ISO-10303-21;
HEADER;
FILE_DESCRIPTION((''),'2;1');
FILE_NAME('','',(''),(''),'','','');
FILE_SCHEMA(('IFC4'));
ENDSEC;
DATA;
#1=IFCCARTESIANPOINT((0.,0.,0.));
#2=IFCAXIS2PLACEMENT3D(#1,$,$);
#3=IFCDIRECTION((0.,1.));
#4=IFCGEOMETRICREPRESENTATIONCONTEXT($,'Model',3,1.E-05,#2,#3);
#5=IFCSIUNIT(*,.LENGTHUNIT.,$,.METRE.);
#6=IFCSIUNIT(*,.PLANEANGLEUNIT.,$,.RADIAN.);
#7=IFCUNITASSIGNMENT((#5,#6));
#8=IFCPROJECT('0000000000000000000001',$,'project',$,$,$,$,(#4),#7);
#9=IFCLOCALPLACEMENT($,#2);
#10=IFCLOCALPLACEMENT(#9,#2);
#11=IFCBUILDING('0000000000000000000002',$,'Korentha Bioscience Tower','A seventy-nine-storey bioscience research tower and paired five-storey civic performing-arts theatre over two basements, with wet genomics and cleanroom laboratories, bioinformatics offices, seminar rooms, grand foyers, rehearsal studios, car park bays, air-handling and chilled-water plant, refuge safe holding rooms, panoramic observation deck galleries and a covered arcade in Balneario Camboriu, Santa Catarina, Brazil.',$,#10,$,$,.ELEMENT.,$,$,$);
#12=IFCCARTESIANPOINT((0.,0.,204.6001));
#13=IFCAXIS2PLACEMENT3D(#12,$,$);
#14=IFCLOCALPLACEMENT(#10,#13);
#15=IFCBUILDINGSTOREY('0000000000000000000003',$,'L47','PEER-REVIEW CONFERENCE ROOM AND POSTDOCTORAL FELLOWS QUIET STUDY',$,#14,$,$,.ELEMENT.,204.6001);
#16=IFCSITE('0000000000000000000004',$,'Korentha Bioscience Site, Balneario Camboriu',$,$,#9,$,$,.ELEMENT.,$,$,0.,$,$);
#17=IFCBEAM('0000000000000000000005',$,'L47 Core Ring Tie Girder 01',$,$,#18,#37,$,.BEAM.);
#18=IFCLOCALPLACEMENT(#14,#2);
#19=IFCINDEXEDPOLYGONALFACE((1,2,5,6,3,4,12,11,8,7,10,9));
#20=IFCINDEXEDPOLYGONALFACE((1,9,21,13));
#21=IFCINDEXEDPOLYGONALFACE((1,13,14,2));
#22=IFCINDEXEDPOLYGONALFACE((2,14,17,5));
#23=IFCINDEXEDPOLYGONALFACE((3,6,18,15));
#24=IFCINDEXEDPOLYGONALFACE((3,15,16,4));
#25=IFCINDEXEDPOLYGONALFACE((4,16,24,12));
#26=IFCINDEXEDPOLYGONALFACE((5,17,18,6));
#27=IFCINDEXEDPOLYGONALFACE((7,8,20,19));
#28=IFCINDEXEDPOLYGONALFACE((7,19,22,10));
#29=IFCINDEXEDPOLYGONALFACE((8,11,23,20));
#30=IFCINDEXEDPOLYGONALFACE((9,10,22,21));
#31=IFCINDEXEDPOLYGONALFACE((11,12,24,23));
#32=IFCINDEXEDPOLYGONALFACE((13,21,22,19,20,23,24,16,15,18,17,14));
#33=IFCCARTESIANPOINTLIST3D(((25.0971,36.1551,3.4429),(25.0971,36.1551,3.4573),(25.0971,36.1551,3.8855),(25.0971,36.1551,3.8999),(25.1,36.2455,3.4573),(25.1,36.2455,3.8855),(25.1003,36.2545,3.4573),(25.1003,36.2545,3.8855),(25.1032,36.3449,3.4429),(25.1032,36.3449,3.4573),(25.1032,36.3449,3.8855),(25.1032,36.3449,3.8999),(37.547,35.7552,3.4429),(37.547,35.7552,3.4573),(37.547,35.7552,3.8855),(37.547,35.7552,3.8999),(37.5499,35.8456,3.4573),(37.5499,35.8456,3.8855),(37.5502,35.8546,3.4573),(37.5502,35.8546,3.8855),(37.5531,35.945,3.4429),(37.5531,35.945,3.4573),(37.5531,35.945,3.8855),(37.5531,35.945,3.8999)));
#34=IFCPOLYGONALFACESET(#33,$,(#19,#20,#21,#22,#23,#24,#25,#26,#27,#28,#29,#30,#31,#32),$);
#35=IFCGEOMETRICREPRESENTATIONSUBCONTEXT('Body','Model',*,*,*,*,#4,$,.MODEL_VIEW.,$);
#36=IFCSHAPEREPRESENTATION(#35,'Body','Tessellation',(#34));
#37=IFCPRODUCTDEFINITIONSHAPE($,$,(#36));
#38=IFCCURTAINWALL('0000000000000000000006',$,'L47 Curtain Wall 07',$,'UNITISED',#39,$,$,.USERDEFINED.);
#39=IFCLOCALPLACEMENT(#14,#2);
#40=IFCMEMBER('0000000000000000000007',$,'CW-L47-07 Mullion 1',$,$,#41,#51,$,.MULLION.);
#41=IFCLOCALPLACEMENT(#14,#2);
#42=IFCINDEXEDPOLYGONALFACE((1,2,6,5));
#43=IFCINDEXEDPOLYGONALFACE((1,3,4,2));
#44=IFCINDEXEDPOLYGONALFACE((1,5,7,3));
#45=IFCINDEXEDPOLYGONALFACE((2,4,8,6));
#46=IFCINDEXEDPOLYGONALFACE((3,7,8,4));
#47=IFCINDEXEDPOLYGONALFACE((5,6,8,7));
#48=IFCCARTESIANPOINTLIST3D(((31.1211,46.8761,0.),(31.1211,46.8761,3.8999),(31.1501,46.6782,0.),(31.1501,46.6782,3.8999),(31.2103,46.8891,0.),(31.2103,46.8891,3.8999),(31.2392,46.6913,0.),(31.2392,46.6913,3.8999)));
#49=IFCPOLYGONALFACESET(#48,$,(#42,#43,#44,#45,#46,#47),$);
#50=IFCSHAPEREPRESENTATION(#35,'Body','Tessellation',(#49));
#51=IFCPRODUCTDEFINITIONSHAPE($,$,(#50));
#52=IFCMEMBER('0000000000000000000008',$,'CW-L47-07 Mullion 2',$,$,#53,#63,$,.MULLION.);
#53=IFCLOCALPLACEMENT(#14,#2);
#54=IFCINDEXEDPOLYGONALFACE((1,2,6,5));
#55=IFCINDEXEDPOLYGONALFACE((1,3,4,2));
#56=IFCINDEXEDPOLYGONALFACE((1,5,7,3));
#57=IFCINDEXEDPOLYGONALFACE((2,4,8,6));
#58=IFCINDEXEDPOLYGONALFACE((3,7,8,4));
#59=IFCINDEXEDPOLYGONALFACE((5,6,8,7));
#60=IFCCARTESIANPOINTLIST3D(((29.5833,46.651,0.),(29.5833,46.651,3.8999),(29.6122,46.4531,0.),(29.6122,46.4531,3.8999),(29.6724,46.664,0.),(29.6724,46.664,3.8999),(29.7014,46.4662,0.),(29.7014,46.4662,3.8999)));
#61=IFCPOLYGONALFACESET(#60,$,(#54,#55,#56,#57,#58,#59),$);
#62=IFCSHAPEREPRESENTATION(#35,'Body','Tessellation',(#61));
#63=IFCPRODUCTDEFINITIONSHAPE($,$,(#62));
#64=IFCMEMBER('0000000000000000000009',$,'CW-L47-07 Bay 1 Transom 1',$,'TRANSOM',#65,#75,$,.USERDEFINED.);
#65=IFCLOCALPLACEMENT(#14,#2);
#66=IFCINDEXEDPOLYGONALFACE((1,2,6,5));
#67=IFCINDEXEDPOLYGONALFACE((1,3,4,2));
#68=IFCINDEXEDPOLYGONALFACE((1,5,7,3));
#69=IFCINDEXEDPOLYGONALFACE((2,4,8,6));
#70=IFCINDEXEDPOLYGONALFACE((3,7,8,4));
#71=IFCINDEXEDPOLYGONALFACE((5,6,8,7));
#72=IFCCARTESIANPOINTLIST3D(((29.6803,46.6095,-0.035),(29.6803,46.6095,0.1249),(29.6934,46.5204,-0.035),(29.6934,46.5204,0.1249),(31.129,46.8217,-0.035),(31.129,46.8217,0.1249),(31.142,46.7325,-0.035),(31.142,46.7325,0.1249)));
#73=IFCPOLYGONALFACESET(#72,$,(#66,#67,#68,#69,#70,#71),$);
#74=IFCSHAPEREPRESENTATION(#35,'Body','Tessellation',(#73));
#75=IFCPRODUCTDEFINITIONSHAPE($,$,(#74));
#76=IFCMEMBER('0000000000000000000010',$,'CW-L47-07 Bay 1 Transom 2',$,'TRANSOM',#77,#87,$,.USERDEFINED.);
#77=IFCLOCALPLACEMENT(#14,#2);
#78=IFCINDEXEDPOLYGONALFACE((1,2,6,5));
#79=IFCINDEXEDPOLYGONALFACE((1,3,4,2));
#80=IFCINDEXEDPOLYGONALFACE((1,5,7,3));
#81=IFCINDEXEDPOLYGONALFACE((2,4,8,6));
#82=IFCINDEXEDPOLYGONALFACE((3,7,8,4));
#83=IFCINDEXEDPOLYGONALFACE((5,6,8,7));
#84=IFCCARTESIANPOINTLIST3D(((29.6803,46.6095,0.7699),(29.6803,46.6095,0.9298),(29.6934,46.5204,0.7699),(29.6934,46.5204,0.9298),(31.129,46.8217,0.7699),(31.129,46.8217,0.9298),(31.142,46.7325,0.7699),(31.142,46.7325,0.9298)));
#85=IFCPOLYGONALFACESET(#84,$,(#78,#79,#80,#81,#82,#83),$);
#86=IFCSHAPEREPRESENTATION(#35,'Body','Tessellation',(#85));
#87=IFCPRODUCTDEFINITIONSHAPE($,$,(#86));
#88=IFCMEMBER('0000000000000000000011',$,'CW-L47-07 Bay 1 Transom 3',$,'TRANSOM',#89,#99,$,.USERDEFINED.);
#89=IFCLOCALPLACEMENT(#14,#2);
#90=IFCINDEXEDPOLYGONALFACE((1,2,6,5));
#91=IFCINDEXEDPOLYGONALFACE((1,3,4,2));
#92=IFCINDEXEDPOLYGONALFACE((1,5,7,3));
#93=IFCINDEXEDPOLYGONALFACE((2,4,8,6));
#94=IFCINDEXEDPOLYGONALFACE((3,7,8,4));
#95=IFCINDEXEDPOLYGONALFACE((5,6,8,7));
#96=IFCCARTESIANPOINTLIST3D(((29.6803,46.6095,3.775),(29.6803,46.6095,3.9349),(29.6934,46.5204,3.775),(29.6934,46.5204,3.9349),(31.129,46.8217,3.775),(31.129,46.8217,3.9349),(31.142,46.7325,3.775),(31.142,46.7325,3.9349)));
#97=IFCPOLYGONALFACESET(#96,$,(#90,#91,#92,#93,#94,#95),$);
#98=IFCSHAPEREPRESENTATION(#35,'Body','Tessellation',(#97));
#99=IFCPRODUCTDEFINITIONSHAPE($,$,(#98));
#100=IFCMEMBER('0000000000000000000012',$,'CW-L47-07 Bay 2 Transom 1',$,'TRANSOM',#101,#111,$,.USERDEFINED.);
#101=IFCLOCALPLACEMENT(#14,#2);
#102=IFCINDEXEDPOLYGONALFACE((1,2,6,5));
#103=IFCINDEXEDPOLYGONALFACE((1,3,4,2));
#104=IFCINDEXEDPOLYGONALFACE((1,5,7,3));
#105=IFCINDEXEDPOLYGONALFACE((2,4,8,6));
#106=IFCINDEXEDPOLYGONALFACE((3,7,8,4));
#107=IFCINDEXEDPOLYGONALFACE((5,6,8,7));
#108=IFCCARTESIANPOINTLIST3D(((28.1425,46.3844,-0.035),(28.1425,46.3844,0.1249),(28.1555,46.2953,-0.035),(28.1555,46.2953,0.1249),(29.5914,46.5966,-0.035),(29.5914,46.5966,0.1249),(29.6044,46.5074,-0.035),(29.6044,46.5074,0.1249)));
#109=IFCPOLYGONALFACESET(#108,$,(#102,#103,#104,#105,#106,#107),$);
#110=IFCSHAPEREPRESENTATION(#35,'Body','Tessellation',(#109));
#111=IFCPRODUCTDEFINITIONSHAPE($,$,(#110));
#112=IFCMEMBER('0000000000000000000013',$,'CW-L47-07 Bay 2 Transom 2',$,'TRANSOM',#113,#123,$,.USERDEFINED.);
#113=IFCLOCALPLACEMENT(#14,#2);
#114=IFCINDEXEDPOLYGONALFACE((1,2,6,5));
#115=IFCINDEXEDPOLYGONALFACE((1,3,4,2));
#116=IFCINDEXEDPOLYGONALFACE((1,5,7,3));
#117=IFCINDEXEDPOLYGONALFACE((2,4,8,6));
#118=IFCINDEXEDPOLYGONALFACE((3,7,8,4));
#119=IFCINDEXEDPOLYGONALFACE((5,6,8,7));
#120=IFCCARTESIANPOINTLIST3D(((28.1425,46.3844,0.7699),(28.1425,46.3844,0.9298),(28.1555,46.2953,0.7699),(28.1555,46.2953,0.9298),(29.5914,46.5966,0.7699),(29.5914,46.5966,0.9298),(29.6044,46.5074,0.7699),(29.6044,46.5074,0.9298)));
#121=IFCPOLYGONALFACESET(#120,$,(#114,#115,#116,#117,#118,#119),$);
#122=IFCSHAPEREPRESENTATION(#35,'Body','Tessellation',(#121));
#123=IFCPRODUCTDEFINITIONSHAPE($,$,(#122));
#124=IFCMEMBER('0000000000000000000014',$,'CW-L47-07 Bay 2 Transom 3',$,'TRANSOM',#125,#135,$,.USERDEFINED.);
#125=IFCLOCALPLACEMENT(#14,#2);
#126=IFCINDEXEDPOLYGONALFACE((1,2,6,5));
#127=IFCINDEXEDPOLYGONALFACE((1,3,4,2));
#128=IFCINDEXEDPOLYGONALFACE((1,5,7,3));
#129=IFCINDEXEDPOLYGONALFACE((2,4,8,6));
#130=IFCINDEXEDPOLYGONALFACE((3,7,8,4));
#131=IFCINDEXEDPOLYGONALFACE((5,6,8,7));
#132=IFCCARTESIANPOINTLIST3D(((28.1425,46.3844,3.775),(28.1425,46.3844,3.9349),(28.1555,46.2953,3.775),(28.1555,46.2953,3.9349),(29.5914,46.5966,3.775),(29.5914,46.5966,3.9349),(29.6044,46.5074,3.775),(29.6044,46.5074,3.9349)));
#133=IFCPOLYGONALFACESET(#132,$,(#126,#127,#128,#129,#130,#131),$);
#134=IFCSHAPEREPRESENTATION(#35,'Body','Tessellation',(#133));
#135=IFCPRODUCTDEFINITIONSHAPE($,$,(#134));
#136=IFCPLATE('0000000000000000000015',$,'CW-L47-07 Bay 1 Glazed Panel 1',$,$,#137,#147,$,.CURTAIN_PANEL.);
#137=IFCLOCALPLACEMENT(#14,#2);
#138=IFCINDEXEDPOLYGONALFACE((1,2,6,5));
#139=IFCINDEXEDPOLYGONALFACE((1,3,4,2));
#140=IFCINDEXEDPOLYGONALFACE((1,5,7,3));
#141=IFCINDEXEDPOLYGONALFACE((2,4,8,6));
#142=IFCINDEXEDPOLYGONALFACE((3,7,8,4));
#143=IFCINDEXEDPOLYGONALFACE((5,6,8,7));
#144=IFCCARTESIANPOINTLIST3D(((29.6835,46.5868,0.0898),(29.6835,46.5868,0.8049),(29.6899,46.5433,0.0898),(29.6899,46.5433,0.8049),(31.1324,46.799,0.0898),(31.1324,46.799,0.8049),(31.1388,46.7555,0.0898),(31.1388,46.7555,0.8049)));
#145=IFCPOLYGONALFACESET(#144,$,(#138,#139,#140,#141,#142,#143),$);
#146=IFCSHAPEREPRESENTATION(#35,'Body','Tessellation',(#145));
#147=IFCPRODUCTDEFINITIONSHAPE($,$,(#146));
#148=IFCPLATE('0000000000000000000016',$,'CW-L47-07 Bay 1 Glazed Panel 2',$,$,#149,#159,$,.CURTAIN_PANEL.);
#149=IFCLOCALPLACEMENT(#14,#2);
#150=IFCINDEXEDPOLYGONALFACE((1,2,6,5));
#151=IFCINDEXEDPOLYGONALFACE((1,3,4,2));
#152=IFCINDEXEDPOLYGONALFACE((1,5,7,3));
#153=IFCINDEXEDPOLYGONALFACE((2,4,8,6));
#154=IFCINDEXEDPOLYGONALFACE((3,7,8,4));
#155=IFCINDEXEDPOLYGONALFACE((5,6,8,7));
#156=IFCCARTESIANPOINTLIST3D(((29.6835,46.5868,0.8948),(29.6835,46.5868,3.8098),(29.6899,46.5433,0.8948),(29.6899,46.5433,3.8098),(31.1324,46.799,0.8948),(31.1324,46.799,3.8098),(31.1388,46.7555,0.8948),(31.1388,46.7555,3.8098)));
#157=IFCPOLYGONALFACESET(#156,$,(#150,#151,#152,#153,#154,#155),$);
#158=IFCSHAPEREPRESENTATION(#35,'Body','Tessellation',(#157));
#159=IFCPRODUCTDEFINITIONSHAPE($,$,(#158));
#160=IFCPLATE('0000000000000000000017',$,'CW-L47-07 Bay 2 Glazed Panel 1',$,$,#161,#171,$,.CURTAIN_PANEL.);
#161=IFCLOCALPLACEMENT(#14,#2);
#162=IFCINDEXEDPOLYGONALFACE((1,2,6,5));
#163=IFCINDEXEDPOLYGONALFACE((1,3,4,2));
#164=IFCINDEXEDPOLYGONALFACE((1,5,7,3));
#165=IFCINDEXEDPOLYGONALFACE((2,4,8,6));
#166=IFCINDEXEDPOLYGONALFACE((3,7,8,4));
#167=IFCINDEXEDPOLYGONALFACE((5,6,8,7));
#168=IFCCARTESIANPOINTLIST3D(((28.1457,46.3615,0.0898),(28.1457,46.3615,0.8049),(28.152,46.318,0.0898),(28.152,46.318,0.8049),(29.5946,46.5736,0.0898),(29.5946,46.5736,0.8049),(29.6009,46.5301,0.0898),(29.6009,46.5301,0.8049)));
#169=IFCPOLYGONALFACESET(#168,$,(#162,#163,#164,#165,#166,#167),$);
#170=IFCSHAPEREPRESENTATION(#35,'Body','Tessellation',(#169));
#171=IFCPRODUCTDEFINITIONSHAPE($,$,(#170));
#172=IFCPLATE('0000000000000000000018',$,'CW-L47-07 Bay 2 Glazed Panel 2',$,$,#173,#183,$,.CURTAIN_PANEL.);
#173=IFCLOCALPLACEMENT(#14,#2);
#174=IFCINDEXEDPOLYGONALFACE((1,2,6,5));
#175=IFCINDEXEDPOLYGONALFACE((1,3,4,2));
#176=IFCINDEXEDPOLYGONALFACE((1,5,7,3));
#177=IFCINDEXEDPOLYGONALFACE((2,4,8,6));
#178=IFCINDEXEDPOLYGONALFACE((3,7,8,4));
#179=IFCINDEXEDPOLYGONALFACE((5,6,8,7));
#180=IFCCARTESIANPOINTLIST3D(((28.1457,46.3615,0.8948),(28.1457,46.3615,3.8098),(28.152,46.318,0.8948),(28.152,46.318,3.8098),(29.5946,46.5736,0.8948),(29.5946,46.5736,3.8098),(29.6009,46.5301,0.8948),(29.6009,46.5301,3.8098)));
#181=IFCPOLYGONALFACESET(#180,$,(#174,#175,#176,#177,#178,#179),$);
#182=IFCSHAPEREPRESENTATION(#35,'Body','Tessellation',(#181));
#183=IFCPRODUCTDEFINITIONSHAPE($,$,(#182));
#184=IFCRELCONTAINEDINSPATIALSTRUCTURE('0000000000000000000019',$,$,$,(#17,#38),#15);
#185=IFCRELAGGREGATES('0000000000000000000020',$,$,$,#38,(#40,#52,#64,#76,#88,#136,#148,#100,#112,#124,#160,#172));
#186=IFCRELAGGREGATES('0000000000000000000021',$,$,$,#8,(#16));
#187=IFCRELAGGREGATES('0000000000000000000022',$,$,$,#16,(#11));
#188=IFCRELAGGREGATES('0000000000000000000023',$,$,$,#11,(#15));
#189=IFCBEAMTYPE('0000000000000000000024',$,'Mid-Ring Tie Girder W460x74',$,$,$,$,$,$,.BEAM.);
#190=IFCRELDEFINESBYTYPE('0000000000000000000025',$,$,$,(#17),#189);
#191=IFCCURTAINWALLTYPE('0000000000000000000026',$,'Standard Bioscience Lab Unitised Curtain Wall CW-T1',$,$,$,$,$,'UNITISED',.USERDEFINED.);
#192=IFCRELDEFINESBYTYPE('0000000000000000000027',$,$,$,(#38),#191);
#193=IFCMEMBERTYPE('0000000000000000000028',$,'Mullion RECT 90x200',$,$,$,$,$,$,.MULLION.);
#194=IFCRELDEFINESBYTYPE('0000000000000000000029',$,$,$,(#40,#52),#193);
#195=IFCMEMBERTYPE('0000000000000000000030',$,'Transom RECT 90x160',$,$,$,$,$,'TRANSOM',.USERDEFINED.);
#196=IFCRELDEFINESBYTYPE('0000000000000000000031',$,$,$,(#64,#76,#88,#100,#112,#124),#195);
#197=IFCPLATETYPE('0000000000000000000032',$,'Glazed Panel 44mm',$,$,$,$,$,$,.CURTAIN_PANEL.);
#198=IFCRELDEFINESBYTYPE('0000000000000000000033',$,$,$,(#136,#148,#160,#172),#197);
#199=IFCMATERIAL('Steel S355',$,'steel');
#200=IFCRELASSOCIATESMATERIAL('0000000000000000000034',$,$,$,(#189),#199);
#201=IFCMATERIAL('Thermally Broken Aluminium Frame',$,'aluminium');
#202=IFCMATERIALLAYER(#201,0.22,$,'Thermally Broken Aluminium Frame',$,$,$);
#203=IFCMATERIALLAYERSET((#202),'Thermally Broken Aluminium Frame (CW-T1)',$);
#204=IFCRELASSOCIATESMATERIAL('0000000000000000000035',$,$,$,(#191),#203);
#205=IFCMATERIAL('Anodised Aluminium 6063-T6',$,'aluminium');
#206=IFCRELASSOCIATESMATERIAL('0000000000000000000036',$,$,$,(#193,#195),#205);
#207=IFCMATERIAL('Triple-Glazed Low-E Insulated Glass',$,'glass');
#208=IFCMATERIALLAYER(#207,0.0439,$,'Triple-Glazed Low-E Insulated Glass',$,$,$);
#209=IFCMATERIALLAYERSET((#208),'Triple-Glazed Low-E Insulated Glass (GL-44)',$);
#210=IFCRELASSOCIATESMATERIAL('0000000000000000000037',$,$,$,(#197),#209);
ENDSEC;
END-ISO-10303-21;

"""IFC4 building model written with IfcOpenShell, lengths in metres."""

from ifc_helpers import new_model, si_unit, direction, frame, origin, origin_2d, place, context, subcontext, project, spatial, rectangle, i_section, extrude, material, layer, layer_set, material_profile, profile_set, type_object, element, aggregate, save


model = new_model("IFC4")

# Units and contexts
model_context = context("Model", 3, precision=1e-05, world=origin(), true_north=direction((0.0, 1.0)))
body_context = subcontext(model_context, "Body", "Model", "MODEL_VIEW")
ifc_project = project(units=[si_unit("LENGTHUNIT", "METRE"), si_unit("PLANEANGLEUNIT", "RADIAN")], contexts=[model_context])

# Site, building, storey
site_placement = place(None, origin())
site = spatial("IfcSite", under=ifc_project, at=site_placement, Name="Korentha Bioscience Site, Balneario Camboriu", CompositionType="ELEMENT", RefElevation=0.0)
building_placement = place(site_placement, origin())
building = spatial("IfcBuilding", under=site, at=building_placement, Name="Korentha Bioscience Tower", Description="A seventy-nine-storey bioscience research tower and paired five-storey civic performing-arts theatre over two basements, with wet genomics and cleanroom laboratories, bioinformatics offices, seminar rooms, grand foyers, rehearsal studios, car park bays, air-handling and chilled-water plant, refuge safe holding rooms, panoramic observation deck galleries and a covered arcade in Balneario Camboriu, Santa Catarina, Brazil.", CompositionType="ELEMENT")
storey_placement = place(building_placement, frame((0.0, 0.0, 204.6001)))
storey = spatial("IfcBuildingStorey", under=building, at=storey_placement, Name="L47", Description="PEER-REVIEW CONFERENCE ROOM AND POSTDOCTORAL FELLOWS QUIET STUDY", CompositionType="ELEMENT", Elevation=204.6001)

# Beam
ifc_material_1 = material(Name="Steel S355", Category="steel")
ifc_material_profile_1 = material_profile(ifc_material_1, i_section(OverallWidth=0.1899, OverallDepth=0.457, WebThickness=0.009, FlangeThickness=0.0144, at=origin_2d()), Name="Steel S355")
ifc_profile_set_1 = profile_set([ifc_material_profile_1], Name="Steel S355 (MB-460)")
beam_type = type_object("IfcBeamType", Name="Mid-Ring Tie Girder W460x74", PredefinedType="BEAM", material=ifc_profile_set_1)
beam_placement = place(storey_placement, frame((37.55, 35.8501, 3.6714), z_axis=(-0.999485, 0.032104, 0.0), x_axis=(-0.032104, -0.999485, 0.0)))
element("IfcBeam", 1, at=beam_placement, inside=storey, type_object=beam_type, Name="L47 Core Ring Tie Girder 01", PredefinedType="BEAM", context=body_context, shape_type="SweptSolid", body=[
    extrude(i_section(OverallWidth=0.1899, OverallDepth=0.457, WebThickness=0.009, FlangeThickness=0.0144, at=origin_2d()), origin(), (0.0, 0.0, 1.0), 12.4563),
])

# Curtain wall, members, plates
ifc_material_2 = material(Name="Thermally Broken Aluminium Frame", Category="aluminium")
ifc_layer_1 = layer(ifc_material_2, 0.22, Name="Thermally Broken Aluminium Frame")
ifc_layer_set_1 = layer_set([ifc_layer_1], Name="Thermally Broken Aluminium Frame (CW-T1)")
curtain_wall_type = type_object("IfcCurtainWallType", Name="Standard Bioscience Lab Unitised Curtain Wall CW-T1", ElementType="UNITISED", PredefinedType="USERDEFINED", material=ifc_layer_set_1)
curtain_wall_placement = place(storey_placement, origin())
curtain_wall = element("IfcCurtainWall", 2, at=curtain_wall_placement, inside=storey, type_object=curtain_wall_type, Name="L47 Curtain Wall 07", ObjectType="UNITISED", PredefinedType="USERDEFINED")
ifc_material_3 = material(Name="Anodised Aluminium 6063-T6", Category="aluminium")
ifc_material_profile_2 = material_profile(ifc_material_3, rectangle(XDim=0.0901, YDim=0.2, at=origin_2d()), Name="Anodised Aluminium 6063-T6")
ifc_profile_set_2 = profile_set([ifc_material_profile_2], Name="Anodised Aluminium 6063-T6 (CW-MUL)")
member_type_1 = type_object("IfcMemberType", Name="Mullion RECT 90x200", PredefinedType="MULLION", material=ifc_profile_set_2)
member_1_placement = place(storey_placement, frame((31.1802, 46.7837, 0.0), z_axis=(0.0, 0.0, 1.0), x_axis=(-0.989449, -0.144878, 0.0)))
member_1 = element("IfcMember", 3, at=member_1_placement, type_object=member_type_1, Name="CW-L47-07 Mullion 1", PredefinedType="MULLION", context=body_context, shape_type="SweptSolid", body=[
    extrude(rectangle(XDim=0.0901, YDim=0.2, at=origin_2d()), origin(), (0.0, 0.0, 1.0), 3.8999),
])
member_2_placement = place(storey_placement, frame((29.6423, 46.5586, 0.0), z_axis=(0.0, 0.0, 1.0), x_axis=(-0.989449, -0.144878, 0.0)))
member_2 = element("IfcMember", 4, at=member_2_placement, type_object=member_type_1, Name="CW-L47-07 Mullion 2", PredefinedType="MULLION", context=body_context, shape_type="SweptSolid", body=[
    extrude(rectangle(XDim=0.0901, YDim=0.2, at=origin_2d()), origin(), (0.0, 0.0, 1.0), 3.8999),
])
ifc_material_profile_3 = material_profile(ifc_material_3, rectangle(XDim=0.0901, YDim=0.1599, at=origin_2d()), Name="Anodised Aluminium 6063-T6")
ifc_profile_set_3 = profile_set([ifc_material_profile_3], Name="Anodised Aluminium 6063-T6 (CW-TRN)")
member_type_2 = type_object("IfcMemberType", Name="Transom RECT 90x160", ElementType="TRANSOM", PredefinedType="USERDEFINED", material=ifc_profile_set_3)
member_3_placement = place(storey_placement, frame((31.1355, 46.7771, 0.0449), z_axis=(-0.989446, -0.144899, 0.0), x_axis=(0.144899, -0.989446, 0.0)))
member_3 = element("IfcMember", 5, at=member_3_placement, type_object=member_type_2, Name="CW-L47-07 Bay 1 Transom 1", ObjectType="TRANSOM", PredefinedType="USERDEFINED", context=body_context, shape_type="SweptSolid", body=[
    extrude(rectangle(XDim=0.0901, YDim=0.1599, at=origin_2d()), origin(), (0.0, 0.0, 1.0), 1.4641),
])
member_4_placement = place(storey_placement, frame((31.1355, 46.7771, 0.8499), z_axis=(-0.989446, -0.144899, 0.0), x_axis=(0.144899, -0.989446, 0.0)))
member_4 = element("IfcMember", 6, at=member_4_placement, type_object=member_type_2, Name="CW-L47-07 Bay 1 Transom 2", ObjectType="TRANSOM", PredefinedType="USERDEFINED", context=body_context, shape_type="SweptSolid", body=[
    extrude(rectangle(XDim=0.0901, YDim=0.1599, at=origin_2d()), origin(), (0.0, 0.0, 1.0), 1.4641),
])
member_5_placement = place(storey_placement, frame((31.1355, 46.7771, 3.855), z_axis=(-0.989446, -0.144899, 0.0), x_axis=(0.144899, -0.989446, 0.0)))
member_5 = element("IfcMember", 7, at=member_5_placement, type_object=member_type_2, Name="CW-L47-07 Bay 1 Transom 3", ObjectType="TRANSOM", PredefinedType="USERDEFINED", context=body_context, shape_type="SweptSolid", body=[
    extrude(rectangle(XDim=0.0901, YDim=0.1599, at=origin_2d()), origin(), (0.0, 0.0, 1.0), 1.4641),
])
member_6_placement = place(storey_placement, frame((29.5979, 46.552, 0.0449), z_axis=(-0.98945, -0.144875, 0.0), x_axis=(0.144875, -0.98945, 0.0)))
member_6 = element("IfcMember", 8, at=member_6_placement, type_object=member_type_2, Name="CW-L47-07 Bay 2 Transom 1", ObjectType="TRANSOM", PredefinedType="USERDEFINED", context=body_context, shape_type="SweptSolid", body=[
    extrude(rectangle(XDim=0.0901, YDim=0.1599, at=origin_2d()), origin(), (0.0, 0.0, 1.0), 1.4644),
])
member_7_placement = place(storey_placement, frame((29.5979, 46.552, 0.8499), z_axis=(-0.98945, -0.144875, 0.0), x_axis=(0.144875, -0.98945, 0.0)))
member_7 = element("IfcMember", 9, at=member_7_placement, type_object=member_type_2, Name="CW-L47-07 Bay 2 Transom 2", ObjectType="TRANSOM", PredefinedType="USERDEFINED", context=body_context, shape_type="SweptSolid", body=[
    extrude(rectangle(XDim=0.0901, YDim=0.1599, at=origin_2d()), origin(), (0.0, 0.0, 1.0), 1.4644),
])
member_8_placement = place(storey_placement, frame((29.5979, 46.552, 3.855), z_axis=(-0.98945, -0.144875, 0.0), x_axis=(0.144875, -0.98945, 0.0)))
member_8 = element("IfcMember", 10, at=member_8_placement, type_object=member_type_2, Name="CW-L47-07 Bay 2 Transom 3", ObjectType="TRANSOM", PredefinedType="USERDEFINED", context=body_context, shape_type="SweptSolid", body=[
    extrude(rectangle(XDim=0.0901, YDim=0.1599, at=origin_2d()), origin(), (0.0, 0.0, 1.0), 1.4644),
])
ifc_material_4 = material(Name="Triple-Glazed Low-E Insulated Glass", Category="glass")
ifc_layer_2 = layer(ifc_material_4, 0.0439, Name="Triple-Glazed Low-E Insulated Glass")
ifc_layer_set_2 = layer_set([ifc_layer_2], Name="Triple-Glazed Low-E Insulated Glass (GL-44)")
plate_type = type_object("IfcPlateType", Name="Glazed Panel 44mm", PredefinedType="CURTAIN_PANEL", material=ifc_layer_set_2)
plate_1_placement = place(storey_placement, frame((30.4111, 46.6711, 0.0898), z_axis=(0.0, 0.0, 1.0), x_axis=(-0.989449, -0.144878, 0.0)))
plate_1 = element("IfcPlate", 11, at=plate_1_placement, type_object=plate_type, Name="CW-L47-07 Bay 1 Glazed Panel 1", PredefinedType="CURTAIN_PANEL", context=body_context, shape_type="SweptSolid", body=[
    extrude(rectangle(XDim=1.4644, YDim=0.0439, at=origin_2d()), origin(), (0.0, 0.0, 1.0), 0.7151),
])
plate_2_placement = place(storey_placement, frame((30.4111, 46.6711, 0.8948), z_axis=(0.0, 0.0, 1.0), x_axis=(-0.989449, -0.144878, 0.0)))
plate_2 = element("IfcPlate", 12, at=plate_2_placement, type_object=plate_type, Name="CW-L47-07 Bay 1 Glazed Panel 2", PredefinedType="CURTAIN_PANEL", context=body_context, shape_type="SweptSolid", body=[
    extrude(rectangle(XDim=1.4644, YDim=0.0439, at=origin_2d()), origin(), (0.0, 0.0, 1.0), 2.915),
])
plate_3_placement = place(storey_placement, frame((28.8733, 46.4458, 0.0898), z_axis=(0.0, 0.0, 1.0), x_axis=(-0.989449, -0.144878, 0.0)))
plate_3 = element("IfcPlate", 13, at=plate_3_placement, type_object=plate_type, Name="CW-L47-07 Bay 2 Glazed Panel 1", PredefinedType="CURTAIN_PANEL", context=body_context, shape_type="SweptSolid", body=[
    extrude(rectangle(XDim=1.4644, YDim=0.0439, at=origin_2d()), origin(), (0.0, 0.0, 1.0), 0.7151),
])
plate_4_placement = place(storey_placement, frame((28.8733, 46.4458, 0.8948), z_axis=(0.0, 0.0, 1.0), x_axis=(-0.989449, -0.144878, 0.0)))
plate_4 = element("IfcPlate", 14, at=plate_4_placement, type_object=plate_type, Name="CW-L47-07 Bay 2 Glazed Panel 2", PredefinedType="CURTAIN_PANEL", context=body_context, shape_type="SweptSolid", body=[
    extrude(rectangle(XDim=1.4644, YDim=0.0439, at=origin_2d()), origin(), (0.0, 0.0, 1.0), 2.915),
])
aggregate(curtain_wall, [member_1, member_2, member_3, member_4, member_5, plate_1, plate_2, member_6, member_7, member_8, plate_3, plate_4])

save(model, "model.ifc")
